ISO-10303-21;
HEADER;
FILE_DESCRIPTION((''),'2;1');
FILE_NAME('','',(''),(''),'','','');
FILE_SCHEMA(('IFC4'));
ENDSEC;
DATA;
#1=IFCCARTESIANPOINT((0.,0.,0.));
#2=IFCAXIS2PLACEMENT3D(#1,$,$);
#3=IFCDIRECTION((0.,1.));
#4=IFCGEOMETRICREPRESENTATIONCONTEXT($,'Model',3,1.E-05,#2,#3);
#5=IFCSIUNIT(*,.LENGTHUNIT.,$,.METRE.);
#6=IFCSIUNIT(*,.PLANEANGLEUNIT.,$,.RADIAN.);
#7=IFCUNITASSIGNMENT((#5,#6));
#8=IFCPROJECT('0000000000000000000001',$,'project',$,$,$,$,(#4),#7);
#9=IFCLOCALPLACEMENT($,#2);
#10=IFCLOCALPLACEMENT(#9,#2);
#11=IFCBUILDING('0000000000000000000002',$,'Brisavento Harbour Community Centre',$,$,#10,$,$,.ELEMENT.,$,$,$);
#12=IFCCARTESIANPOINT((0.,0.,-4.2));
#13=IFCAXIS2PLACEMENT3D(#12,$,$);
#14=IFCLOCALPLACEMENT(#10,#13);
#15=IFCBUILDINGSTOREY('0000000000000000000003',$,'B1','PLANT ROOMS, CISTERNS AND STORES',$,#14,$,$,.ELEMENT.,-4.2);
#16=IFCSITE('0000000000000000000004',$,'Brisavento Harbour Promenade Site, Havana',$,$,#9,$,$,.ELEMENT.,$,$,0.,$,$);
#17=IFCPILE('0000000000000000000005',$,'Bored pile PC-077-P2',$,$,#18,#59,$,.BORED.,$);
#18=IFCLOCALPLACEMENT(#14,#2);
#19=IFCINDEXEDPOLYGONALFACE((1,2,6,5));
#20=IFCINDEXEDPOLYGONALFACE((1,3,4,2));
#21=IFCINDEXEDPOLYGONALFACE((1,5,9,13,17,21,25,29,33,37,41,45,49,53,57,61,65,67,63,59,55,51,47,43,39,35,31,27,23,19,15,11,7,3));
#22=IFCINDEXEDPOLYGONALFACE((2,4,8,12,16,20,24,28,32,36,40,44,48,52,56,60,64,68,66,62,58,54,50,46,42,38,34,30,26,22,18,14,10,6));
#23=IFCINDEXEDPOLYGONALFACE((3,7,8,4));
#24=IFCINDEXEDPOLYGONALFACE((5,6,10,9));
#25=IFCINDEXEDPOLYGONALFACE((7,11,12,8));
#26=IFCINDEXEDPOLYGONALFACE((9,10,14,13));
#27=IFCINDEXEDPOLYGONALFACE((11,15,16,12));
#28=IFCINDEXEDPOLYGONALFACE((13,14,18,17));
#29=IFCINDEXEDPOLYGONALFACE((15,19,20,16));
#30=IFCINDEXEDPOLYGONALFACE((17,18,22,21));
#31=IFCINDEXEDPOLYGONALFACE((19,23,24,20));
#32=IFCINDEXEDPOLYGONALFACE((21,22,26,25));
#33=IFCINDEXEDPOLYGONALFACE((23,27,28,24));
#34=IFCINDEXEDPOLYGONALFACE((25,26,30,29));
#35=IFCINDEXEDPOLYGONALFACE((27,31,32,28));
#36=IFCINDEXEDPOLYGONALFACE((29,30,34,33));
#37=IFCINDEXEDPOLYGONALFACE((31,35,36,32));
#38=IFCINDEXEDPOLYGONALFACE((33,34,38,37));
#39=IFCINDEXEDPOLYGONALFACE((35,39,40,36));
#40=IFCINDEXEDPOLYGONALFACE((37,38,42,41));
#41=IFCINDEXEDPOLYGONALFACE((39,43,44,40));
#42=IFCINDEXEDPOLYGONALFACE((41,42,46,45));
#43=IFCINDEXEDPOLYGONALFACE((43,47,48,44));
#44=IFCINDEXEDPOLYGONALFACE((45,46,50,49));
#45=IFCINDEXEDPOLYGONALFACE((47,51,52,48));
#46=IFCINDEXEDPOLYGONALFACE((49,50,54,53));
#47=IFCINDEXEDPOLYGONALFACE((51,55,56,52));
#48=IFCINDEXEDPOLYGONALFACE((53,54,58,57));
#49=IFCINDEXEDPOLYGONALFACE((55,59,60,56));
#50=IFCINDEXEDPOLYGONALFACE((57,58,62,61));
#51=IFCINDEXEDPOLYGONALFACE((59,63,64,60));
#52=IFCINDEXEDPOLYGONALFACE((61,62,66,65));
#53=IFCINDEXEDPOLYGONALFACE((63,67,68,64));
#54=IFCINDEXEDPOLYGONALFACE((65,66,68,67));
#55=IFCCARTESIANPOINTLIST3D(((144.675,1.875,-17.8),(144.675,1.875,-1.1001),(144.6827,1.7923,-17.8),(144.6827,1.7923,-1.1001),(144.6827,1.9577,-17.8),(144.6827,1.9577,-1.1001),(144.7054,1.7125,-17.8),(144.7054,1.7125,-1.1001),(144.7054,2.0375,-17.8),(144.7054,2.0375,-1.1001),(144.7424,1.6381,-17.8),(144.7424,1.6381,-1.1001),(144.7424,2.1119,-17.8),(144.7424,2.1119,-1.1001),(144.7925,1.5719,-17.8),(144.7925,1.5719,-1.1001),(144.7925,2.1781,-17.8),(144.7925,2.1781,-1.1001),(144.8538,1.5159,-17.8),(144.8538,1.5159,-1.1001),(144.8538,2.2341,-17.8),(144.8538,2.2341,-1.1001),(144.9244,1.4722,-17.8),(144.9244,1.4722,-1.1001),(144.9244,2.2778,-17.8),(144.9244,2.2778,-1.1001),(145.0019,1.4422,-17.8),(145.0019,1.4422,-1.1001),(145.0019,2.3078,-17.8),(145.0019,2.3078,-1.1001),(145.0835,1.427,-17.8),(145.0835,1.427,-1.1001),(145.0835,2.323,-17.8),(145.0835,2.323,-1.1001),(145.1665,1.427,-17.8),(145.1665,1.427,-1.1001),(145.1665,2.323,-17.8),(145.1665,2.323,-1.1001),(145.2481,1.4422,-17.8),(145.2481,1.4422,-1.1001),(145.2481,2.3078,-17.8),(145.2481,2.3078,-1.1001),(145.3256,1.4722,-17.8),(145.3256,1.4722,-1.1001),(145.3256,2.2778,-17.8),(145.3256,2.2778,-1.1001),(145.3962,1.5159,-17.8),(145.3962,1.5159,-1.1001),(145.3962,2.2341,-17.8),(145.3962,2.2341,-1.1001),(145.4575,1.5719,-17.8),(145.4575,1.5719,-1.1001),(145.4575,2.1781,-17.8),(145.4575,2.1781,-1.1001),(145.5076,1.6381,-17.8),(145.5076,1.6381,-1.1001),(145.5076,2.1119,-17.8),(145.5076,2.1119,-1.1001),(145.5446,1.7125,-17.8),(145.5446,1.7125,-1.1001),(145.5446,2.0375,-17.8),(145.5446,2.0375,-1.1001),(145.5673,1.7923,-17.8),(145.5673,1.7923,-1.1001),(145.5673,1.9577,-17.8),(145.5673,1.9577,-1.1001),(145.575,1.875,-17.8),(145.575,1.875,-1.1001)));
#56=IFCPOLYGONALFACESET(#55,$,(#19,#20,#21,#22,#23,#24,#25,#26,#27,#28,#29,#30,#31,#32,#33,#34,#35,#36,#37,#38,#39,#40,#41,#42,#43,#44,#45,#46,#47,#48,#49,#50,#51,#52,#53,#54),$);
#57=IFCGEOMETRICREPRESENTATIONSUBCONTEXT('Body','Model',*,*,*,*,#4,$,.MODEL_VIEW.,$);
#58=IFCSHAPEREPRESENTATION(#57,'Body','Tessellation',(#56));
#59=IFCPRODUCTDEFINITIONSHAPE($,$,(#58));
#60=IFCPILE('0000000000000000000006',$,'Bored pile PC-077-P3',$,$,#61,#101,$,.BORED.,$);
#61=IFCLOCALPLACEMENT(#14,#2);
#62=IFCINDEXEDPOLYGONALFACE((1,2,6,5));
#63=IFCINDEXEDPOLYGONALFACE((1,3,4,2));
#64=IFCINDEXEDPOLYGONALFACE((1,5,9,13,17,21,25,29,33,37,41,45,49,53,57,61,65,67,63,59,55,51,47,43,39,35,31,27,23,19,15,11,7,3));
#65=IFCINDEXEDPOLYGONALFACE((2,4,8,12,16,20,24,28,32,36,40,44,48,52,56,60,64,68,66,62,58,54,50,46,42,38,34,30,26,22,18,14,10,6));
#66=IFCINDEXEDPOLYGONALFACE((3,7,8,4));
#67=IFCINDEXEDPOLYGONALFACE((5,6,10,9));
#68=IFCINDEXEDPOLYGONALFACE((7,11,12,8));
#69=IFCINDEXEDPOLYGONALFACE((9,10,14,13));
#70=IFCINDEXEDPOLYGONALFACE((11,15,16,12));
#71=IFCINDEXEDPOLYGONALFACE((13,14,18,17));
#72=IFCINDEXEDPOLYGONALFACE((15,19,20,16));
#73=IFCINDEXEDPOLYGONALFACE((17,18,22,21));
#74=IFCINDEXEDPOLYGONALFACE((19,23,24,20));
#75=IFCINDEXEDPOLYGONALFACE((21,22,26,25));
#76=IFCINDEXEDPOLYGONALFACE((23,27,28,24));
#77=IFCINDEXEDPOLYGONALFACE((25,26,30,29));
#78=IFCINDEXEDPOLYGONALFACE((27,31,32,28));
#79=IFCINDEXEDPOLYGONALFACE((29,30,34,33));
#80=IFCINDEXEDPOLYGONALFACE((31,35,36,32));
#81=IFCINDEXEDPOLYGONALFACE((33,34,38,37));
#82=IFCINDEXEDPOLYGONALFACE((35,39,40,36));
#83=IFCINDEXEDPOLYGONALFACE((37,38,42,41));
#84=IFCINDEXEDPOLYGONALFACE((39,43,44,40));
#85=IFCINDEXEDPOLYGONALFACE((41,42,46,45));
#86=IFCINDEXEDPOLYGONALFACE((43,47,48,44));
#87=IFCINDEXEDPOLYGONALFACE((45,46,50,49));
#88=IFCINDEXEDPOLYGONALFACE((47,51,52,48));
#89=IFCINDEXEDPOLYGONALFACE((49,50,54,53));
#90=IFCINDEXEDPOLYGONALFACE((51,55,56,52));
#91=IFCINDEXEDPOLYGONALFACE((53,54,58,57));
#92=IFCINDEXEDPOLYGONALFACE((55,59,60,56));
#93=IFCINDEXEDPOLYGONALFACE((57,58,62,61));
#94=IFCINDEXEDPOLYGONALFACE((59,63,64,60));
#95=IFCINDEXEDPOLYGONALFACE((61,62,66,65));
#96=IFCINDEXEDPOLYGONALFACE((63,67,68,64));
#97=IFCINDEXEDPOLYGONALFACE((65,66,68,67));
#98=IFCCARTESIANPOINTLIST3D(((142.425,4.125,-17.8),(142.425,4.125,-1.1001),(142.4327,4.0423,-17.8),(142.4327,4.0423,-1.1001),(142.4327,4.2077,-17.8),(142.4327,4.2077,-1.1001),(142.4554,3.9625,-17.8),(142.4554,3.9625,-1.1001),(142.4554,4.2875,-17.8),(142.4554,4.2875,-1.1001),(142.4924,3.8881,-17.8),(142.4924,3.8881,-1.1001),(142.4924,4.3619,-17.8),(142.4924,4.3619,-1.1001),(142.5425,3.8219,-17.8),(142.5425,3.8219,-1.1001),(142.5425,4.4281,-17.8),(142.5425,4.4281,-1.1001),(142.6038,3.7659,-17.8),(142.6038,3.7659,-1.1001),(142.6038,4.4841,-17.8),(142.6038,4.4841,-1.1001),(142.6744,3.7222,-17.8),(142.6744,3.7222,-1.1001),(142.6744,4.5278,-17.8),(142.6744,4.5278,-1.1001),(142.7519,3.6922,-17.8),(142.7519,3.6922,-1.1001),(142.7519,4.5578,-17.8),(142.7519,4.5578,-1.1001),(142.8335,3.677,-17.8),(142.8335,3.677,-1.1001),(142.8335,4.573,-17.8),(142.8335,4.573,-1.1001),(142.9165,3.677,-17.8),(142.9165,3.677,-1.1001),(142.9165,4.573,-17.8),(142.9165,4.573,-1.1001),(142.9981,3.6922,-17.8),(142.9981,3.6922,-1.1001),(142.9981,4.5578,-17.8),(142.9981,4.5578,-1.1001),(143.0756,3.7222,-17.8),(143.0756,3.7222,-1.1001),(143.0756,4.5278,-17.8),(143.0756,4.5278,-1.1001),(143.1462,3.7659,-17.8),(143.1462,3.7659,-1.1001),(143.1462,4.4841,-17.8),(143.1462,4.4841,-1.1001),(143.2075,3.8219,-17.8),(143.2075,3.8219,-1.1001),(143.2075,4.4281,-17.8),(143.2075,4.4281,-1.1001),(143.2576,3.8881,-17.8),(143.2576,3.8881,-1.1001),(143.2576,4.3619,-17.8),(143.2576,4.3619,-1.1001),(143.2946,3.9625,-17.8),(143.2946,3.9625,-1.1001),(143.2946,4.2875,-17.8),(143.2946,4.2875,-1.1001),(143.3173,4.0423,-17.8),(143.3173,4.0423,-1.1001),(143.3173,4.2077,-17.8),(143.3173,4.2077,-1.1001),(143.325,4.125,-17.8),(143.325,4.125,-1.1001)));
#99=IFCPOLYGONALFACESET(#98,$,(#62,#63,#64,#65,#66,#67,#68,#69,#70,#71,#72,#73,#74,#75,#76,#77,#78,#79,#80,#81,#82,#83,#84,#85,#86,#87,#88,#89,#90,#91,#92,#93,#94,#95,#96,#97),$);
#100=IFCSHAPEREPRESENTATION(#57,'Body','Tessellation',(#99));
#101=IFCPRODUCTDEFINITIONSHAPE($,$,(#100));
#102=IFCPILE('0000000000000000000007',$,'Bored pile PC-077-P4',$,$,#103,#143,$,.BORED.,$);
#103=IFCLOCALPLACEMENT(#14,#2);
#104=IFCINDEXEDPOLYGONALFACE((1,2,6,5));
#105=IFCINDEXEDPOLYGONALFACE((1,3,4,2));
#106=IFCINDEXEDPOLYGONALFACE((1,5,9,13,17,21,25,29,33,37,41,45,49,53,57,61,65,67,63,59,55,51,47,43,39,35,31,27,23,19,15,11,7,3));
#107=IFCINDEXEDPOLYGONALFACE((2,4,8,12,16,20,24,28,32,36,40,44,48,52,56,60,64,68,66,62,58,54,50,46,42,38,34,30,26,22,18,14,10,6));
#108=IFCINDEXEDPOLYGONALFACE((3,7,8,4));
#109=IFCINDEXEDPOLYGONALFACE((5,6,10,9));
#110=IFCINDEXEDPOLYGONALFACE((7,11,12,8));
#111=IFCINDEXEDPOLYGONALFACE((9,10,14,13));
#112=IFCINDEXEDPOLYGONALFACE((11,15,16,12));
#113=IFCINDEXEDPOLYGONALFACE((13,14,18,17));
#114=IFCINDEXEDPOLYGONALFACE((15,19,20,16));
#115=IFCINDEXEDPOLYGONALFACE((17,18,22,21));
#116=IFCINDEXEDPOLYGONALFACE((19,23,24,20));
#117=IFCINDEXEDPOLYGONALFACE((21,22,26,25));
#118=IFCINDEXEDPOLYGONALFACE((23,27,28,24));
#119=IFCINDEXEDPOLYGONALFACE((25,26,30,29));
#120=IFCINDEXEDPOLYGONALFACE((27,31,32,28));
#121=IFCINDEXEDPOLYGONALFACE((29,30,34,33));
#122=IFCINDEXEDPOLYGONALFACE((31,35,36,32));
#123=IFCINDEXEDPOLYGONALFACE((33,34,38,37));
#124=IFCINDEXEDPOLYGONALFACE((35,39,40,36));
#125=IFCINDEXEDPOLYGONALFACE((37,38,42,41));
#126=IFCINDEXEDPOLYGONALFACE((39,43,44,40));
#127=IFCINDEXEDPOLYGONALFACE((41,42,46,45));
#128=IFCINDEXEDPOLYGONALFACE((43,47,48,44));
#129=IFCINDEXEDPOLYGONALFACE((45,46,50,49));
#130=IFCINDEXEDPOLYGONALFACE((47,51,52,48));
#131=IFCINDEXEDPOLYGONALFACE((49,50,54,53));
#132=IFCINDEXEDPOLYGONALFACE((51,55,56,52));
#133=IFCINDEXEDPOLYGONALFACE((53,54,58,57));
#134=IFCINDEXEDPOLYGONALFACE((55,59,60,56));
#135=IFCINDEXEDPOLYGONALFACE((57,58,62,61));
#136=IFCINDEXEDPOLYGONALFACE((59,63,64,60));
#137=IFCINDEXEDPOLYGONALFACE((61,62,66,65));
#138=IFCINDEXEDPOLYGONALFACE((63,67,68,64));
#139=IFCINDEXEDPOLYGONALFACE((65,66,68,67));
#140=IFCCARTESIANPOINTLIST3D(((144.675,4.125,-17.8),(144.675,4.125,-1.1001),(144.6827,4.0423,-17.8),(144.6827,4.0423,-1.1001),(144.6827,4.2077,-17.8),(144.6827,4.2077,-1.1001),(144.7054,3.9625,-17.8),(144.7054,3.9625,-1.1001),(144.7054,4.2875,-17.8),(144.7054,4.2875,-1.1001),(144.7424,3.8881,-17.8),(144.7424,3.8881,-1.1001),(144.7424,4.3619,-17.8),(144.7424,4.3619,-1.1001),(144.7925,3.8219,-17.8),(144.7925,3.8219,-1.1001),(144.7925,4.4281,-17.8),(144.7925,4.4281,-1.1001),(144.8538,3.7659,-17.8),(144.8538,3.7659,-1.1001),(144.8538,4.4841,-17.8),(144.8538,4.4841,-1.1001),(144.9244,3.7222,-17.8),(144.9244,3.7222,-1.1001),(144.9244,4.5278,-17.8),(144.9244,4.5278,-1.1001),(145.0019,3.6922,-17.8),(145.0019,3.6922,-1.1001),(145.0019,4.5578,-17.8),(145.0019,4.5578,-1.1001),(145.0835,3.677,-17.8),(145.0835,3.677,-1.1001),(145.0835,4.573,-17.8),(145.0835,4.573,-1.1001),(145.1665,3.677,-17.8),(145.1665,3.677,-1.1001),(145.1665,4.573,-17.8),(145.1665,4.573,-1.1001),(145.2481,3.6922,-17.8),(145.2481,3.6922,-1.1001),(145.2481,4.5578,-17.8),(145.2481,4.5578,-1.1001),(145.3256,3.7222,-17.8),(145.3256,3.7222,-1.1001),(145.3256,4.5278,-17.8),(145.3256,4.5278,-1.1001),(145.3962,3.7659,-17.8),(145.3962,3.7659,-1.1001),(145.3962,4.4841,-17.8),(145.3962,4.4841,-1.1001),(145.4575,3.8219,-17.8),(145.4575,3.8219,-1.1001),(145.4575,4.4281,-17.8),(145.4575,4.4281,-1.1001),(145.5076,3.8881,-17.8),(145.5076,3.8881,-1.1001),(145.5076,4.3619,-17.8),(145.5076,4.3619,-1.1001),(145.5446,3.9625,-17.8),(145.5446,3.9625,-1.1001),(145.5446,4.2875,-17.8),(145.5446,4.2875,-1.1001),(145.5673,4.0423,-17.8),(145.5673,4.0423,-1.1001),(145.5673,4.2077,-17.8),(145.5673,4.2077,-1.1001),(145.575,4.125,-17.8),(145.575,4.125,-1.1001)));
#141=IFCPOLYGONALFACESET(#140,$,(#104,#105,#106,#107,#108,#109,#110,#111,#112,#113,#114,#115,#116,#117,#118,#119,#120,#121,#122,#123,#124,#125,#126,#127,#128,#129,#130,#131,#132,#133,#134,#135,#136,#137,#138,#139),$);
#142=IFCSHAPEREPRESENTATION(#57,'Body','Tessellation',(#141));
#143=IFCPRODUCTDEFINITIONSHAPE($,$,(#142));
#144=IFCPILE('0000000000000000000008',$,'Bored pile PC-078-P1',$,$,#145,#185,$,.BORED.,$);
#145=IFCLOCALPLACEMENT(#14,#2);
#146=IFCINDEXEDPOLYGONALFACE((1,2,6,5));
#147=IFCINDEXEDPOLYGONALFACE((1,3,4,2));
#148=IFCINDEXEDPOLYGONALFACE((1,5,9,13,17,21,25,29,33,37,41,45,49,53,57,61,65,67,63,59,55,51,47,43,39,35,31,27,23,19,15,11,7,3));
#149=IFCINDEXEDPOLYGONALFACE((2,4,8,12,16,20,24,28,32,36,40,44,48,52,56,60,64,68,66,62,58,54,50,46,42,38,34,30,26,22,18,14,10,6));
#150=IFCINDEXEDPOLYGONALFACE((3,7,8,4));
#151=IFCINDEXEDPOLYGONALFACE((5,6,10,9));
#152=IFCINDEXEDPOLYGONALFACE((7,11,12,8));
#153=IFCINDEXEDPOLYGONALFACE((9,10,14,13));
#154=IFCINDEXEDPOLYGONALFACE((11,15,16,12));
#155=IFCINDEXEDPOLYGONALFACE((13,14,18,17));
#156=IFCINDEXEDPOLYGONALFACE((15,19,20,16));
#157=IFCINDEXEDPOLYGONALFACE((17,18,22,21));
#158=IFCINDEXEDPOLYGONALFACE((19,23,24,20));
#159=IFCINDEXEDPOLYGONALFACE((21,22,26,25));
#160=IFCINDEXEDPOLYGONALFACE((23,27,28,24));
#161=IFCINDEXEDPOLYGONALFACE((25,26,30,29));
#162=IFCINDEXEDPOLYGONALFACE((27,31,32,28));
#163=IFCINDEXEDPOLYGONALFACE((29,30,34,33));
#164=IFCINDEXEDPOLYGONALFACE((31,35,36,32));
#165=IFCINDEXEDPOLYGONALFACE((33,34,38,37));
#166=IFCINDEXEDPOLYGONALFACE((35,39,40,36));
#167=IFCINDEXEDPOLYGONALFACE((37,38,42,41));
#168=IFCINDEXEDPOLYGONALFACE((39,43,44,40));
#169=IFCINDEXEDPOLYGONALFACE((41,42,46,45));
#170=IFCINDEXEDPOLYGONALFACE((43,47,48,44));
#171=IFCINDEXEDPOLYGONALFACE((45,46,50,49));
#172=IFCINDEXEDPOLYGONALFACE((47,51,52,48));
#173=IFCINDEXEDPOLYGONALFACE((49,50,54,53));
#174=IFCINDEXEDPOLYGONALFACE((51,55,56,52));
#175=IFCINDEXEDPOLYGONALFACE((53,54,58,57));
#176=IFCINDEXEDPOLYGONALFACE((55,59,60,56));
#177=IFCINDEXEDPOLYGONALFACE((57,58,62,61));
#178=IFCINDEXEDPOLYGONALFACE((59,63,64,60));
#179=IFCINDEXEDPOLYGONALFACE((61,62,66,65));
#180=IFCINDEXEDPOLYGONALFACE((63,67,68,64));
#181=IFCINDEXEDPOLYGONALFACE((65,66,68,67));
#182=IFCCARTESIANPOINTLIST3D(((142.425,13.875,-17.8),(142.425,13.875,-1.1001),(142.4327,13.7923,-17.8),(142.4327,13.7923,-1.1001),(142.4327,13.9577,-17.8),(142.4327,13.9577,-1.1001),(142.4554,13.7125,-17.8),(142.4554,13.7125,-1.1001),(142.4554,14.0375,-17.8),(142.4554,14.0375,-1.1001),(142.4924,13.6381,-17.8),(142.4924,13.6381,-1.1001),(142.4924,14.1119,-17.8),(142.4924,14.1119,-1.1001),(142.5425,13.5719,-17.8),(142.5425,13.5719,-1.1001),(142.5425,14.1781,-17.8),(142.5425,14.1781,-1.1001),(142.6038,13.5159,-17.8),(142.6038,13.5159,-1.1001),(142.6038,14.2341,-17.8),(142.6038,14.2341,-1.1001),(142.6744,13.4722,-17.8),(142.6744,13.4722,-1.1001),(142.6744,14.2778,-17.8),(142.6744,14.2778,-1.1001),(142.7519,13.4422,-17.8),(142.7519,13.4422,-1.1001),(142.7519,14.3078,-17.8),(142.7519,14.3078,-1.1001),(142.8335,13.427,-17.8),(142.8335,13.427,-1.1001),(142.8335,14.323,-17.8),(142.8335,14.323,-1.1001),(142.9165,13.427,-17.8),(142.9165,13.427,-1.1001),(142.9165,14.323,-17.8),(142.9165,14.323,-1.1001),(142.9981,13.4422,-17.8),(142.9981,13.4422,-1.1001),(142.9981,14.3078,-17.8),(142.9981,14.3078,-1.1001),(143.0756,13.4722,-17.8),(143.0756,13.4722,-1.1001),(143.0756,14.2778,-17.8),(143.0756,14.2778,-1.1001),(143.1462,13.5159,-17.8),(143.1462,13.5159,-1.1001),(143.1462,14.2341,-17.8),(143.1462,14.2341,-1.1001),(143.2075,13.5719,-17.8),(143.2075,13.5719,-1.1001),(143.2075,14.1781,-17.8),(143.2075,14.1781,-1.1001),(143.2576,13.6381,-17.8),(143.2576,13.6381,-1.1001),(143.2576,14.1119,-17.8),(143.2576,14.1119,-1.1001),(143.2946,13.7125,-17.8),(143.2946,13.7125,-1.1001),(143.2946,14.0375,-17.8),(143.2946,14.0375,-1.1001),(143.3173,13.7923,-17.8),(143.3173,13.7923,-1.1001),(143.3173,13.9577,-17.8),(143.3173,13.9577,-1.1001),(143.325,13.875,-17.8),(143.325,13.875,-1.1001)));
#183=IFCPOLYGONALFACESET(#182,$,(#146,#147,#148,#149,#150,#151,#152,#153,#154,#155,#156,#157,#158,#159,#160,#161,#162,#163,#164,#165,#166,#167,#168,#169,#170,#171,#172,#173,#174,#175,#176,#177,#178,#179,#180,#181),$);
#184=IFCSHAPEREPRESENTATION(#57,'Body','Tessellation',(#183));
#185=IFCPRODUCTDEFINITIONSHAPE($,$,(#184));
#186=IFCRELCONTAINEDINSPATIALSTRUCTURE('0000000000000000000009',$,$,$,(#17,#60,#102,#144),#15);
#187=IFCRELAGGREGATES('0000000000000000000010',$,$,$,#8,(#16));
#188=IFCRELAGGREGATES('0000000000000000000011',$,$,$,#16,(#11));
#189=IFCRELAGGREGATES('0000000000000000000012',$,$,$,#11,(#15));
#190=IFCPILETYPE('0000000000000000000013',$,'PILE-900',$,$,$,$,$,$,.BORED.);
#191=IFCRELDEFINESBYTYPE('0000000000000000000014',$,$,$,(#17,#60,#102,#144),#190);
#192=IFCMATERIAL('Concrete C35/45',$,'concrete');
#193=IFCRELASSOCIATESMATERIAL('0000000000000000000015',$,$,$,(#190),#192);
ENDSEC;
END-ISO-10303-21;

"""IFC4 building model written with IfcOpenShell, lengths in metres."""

from ifc_helpers import new_model, si_unit, direction, frame, origin, origin_2d, place, context, subcontext, project, spatial, circle, extrude, material, material_profile, profile_set, type_object, element, save


model = new_model("IFC4")

# Units and contexts
model_context = context("Model", 3, precision=1e-05, world=origin(), true_north=direction((0.0, 1.0)))
body_context = subcontext(model_context, "Body", "Model", "MODEL_VIEW")
ifc_project = project(units=[si_unit("LENGTHUNIT", "METRE"), si_unit("PLANEANGLEUNIT", "RADIAN")], contexts=[model_context])

# Site, building, storey
site_placement = place(None, origin())
site = spatial("IfcSite", under=ifc_project, at=site_placement, Name="Brisavento Harbour Promenade Site, Havana", CompositionType="ELEMENT", RefElevation=0.0)
building_placement = place(site_placement, origin())
building = spatial("IfcBuilding", under=site, at=building_placement, Name="Brisavento Harbour Community Centre", CompositionType="ELEMENT")
storey_placement = place(building_placement, frame((0.0, 0.0, -4.2)))
storey = spatial("IfcBuildingStorey", under=building, at=storey_placement, Name="B1", Description="PLANT ROOMS, CISTERNS AND STORES", CompositionType="ELEMENT", Elevation=-4.2)

# Shared definitions
ifc_material_1 = material(Name="Concrete C35/45", Category="concrete")

# Piles
ifc_material_profile_1 = material_profile(ifc_material_1, circle(Radius=0.45, at=origin_2d()), Name="Concrete C35/45")
ifc_profile_set_1 = profile_set([ifc_material_profile_1], Name="Concrete C35/45")
pile_type = type_object("IfcPileType", Name="PILE-900", PredefinedType="BORED", material=ifc_profile_set_1)
for number, where, z_axis, x_axis, name in (
    (1, (145.125, 1.875, -1.1001), (0.0, 0.0, -1.0), (1.0, 0.0, 0.0), "Bored pile PC-077-P2"),
    (2, (142.875, 4.125, -1.1001), (0.0, 0.0, -1.0), (1.0, 0.0, 0.0), "Bored pile PC-077-P3"),
    (3, (145.125, 4.125, -1.1001), (0.0, 0.0, -1.0), (1.0, 0.0, 0.0), "Bored pile PC-077-P4"),
    (4, (142.875, 13.875, -1.1001), (0.0, 0.0, -1.0), (1.0, 0.0, 0.0), "Bored pile PC-078-P1"),
):
    element("IfcPile", number, at=place(storey_placement, frame(where, z_axis=z_axis, x_axis=x_axis)), inside=storey, type_object=pile_type, Name=name, PredefinedType="BORED", context=body_context, shape_type="SweptSolid", body=[
        extrude(circle(Radius=0.45, at=origin_2d()), origin(), (0.0, 0.0, 1.0), 16.7),
    ])

save(model, "model.ifc")
